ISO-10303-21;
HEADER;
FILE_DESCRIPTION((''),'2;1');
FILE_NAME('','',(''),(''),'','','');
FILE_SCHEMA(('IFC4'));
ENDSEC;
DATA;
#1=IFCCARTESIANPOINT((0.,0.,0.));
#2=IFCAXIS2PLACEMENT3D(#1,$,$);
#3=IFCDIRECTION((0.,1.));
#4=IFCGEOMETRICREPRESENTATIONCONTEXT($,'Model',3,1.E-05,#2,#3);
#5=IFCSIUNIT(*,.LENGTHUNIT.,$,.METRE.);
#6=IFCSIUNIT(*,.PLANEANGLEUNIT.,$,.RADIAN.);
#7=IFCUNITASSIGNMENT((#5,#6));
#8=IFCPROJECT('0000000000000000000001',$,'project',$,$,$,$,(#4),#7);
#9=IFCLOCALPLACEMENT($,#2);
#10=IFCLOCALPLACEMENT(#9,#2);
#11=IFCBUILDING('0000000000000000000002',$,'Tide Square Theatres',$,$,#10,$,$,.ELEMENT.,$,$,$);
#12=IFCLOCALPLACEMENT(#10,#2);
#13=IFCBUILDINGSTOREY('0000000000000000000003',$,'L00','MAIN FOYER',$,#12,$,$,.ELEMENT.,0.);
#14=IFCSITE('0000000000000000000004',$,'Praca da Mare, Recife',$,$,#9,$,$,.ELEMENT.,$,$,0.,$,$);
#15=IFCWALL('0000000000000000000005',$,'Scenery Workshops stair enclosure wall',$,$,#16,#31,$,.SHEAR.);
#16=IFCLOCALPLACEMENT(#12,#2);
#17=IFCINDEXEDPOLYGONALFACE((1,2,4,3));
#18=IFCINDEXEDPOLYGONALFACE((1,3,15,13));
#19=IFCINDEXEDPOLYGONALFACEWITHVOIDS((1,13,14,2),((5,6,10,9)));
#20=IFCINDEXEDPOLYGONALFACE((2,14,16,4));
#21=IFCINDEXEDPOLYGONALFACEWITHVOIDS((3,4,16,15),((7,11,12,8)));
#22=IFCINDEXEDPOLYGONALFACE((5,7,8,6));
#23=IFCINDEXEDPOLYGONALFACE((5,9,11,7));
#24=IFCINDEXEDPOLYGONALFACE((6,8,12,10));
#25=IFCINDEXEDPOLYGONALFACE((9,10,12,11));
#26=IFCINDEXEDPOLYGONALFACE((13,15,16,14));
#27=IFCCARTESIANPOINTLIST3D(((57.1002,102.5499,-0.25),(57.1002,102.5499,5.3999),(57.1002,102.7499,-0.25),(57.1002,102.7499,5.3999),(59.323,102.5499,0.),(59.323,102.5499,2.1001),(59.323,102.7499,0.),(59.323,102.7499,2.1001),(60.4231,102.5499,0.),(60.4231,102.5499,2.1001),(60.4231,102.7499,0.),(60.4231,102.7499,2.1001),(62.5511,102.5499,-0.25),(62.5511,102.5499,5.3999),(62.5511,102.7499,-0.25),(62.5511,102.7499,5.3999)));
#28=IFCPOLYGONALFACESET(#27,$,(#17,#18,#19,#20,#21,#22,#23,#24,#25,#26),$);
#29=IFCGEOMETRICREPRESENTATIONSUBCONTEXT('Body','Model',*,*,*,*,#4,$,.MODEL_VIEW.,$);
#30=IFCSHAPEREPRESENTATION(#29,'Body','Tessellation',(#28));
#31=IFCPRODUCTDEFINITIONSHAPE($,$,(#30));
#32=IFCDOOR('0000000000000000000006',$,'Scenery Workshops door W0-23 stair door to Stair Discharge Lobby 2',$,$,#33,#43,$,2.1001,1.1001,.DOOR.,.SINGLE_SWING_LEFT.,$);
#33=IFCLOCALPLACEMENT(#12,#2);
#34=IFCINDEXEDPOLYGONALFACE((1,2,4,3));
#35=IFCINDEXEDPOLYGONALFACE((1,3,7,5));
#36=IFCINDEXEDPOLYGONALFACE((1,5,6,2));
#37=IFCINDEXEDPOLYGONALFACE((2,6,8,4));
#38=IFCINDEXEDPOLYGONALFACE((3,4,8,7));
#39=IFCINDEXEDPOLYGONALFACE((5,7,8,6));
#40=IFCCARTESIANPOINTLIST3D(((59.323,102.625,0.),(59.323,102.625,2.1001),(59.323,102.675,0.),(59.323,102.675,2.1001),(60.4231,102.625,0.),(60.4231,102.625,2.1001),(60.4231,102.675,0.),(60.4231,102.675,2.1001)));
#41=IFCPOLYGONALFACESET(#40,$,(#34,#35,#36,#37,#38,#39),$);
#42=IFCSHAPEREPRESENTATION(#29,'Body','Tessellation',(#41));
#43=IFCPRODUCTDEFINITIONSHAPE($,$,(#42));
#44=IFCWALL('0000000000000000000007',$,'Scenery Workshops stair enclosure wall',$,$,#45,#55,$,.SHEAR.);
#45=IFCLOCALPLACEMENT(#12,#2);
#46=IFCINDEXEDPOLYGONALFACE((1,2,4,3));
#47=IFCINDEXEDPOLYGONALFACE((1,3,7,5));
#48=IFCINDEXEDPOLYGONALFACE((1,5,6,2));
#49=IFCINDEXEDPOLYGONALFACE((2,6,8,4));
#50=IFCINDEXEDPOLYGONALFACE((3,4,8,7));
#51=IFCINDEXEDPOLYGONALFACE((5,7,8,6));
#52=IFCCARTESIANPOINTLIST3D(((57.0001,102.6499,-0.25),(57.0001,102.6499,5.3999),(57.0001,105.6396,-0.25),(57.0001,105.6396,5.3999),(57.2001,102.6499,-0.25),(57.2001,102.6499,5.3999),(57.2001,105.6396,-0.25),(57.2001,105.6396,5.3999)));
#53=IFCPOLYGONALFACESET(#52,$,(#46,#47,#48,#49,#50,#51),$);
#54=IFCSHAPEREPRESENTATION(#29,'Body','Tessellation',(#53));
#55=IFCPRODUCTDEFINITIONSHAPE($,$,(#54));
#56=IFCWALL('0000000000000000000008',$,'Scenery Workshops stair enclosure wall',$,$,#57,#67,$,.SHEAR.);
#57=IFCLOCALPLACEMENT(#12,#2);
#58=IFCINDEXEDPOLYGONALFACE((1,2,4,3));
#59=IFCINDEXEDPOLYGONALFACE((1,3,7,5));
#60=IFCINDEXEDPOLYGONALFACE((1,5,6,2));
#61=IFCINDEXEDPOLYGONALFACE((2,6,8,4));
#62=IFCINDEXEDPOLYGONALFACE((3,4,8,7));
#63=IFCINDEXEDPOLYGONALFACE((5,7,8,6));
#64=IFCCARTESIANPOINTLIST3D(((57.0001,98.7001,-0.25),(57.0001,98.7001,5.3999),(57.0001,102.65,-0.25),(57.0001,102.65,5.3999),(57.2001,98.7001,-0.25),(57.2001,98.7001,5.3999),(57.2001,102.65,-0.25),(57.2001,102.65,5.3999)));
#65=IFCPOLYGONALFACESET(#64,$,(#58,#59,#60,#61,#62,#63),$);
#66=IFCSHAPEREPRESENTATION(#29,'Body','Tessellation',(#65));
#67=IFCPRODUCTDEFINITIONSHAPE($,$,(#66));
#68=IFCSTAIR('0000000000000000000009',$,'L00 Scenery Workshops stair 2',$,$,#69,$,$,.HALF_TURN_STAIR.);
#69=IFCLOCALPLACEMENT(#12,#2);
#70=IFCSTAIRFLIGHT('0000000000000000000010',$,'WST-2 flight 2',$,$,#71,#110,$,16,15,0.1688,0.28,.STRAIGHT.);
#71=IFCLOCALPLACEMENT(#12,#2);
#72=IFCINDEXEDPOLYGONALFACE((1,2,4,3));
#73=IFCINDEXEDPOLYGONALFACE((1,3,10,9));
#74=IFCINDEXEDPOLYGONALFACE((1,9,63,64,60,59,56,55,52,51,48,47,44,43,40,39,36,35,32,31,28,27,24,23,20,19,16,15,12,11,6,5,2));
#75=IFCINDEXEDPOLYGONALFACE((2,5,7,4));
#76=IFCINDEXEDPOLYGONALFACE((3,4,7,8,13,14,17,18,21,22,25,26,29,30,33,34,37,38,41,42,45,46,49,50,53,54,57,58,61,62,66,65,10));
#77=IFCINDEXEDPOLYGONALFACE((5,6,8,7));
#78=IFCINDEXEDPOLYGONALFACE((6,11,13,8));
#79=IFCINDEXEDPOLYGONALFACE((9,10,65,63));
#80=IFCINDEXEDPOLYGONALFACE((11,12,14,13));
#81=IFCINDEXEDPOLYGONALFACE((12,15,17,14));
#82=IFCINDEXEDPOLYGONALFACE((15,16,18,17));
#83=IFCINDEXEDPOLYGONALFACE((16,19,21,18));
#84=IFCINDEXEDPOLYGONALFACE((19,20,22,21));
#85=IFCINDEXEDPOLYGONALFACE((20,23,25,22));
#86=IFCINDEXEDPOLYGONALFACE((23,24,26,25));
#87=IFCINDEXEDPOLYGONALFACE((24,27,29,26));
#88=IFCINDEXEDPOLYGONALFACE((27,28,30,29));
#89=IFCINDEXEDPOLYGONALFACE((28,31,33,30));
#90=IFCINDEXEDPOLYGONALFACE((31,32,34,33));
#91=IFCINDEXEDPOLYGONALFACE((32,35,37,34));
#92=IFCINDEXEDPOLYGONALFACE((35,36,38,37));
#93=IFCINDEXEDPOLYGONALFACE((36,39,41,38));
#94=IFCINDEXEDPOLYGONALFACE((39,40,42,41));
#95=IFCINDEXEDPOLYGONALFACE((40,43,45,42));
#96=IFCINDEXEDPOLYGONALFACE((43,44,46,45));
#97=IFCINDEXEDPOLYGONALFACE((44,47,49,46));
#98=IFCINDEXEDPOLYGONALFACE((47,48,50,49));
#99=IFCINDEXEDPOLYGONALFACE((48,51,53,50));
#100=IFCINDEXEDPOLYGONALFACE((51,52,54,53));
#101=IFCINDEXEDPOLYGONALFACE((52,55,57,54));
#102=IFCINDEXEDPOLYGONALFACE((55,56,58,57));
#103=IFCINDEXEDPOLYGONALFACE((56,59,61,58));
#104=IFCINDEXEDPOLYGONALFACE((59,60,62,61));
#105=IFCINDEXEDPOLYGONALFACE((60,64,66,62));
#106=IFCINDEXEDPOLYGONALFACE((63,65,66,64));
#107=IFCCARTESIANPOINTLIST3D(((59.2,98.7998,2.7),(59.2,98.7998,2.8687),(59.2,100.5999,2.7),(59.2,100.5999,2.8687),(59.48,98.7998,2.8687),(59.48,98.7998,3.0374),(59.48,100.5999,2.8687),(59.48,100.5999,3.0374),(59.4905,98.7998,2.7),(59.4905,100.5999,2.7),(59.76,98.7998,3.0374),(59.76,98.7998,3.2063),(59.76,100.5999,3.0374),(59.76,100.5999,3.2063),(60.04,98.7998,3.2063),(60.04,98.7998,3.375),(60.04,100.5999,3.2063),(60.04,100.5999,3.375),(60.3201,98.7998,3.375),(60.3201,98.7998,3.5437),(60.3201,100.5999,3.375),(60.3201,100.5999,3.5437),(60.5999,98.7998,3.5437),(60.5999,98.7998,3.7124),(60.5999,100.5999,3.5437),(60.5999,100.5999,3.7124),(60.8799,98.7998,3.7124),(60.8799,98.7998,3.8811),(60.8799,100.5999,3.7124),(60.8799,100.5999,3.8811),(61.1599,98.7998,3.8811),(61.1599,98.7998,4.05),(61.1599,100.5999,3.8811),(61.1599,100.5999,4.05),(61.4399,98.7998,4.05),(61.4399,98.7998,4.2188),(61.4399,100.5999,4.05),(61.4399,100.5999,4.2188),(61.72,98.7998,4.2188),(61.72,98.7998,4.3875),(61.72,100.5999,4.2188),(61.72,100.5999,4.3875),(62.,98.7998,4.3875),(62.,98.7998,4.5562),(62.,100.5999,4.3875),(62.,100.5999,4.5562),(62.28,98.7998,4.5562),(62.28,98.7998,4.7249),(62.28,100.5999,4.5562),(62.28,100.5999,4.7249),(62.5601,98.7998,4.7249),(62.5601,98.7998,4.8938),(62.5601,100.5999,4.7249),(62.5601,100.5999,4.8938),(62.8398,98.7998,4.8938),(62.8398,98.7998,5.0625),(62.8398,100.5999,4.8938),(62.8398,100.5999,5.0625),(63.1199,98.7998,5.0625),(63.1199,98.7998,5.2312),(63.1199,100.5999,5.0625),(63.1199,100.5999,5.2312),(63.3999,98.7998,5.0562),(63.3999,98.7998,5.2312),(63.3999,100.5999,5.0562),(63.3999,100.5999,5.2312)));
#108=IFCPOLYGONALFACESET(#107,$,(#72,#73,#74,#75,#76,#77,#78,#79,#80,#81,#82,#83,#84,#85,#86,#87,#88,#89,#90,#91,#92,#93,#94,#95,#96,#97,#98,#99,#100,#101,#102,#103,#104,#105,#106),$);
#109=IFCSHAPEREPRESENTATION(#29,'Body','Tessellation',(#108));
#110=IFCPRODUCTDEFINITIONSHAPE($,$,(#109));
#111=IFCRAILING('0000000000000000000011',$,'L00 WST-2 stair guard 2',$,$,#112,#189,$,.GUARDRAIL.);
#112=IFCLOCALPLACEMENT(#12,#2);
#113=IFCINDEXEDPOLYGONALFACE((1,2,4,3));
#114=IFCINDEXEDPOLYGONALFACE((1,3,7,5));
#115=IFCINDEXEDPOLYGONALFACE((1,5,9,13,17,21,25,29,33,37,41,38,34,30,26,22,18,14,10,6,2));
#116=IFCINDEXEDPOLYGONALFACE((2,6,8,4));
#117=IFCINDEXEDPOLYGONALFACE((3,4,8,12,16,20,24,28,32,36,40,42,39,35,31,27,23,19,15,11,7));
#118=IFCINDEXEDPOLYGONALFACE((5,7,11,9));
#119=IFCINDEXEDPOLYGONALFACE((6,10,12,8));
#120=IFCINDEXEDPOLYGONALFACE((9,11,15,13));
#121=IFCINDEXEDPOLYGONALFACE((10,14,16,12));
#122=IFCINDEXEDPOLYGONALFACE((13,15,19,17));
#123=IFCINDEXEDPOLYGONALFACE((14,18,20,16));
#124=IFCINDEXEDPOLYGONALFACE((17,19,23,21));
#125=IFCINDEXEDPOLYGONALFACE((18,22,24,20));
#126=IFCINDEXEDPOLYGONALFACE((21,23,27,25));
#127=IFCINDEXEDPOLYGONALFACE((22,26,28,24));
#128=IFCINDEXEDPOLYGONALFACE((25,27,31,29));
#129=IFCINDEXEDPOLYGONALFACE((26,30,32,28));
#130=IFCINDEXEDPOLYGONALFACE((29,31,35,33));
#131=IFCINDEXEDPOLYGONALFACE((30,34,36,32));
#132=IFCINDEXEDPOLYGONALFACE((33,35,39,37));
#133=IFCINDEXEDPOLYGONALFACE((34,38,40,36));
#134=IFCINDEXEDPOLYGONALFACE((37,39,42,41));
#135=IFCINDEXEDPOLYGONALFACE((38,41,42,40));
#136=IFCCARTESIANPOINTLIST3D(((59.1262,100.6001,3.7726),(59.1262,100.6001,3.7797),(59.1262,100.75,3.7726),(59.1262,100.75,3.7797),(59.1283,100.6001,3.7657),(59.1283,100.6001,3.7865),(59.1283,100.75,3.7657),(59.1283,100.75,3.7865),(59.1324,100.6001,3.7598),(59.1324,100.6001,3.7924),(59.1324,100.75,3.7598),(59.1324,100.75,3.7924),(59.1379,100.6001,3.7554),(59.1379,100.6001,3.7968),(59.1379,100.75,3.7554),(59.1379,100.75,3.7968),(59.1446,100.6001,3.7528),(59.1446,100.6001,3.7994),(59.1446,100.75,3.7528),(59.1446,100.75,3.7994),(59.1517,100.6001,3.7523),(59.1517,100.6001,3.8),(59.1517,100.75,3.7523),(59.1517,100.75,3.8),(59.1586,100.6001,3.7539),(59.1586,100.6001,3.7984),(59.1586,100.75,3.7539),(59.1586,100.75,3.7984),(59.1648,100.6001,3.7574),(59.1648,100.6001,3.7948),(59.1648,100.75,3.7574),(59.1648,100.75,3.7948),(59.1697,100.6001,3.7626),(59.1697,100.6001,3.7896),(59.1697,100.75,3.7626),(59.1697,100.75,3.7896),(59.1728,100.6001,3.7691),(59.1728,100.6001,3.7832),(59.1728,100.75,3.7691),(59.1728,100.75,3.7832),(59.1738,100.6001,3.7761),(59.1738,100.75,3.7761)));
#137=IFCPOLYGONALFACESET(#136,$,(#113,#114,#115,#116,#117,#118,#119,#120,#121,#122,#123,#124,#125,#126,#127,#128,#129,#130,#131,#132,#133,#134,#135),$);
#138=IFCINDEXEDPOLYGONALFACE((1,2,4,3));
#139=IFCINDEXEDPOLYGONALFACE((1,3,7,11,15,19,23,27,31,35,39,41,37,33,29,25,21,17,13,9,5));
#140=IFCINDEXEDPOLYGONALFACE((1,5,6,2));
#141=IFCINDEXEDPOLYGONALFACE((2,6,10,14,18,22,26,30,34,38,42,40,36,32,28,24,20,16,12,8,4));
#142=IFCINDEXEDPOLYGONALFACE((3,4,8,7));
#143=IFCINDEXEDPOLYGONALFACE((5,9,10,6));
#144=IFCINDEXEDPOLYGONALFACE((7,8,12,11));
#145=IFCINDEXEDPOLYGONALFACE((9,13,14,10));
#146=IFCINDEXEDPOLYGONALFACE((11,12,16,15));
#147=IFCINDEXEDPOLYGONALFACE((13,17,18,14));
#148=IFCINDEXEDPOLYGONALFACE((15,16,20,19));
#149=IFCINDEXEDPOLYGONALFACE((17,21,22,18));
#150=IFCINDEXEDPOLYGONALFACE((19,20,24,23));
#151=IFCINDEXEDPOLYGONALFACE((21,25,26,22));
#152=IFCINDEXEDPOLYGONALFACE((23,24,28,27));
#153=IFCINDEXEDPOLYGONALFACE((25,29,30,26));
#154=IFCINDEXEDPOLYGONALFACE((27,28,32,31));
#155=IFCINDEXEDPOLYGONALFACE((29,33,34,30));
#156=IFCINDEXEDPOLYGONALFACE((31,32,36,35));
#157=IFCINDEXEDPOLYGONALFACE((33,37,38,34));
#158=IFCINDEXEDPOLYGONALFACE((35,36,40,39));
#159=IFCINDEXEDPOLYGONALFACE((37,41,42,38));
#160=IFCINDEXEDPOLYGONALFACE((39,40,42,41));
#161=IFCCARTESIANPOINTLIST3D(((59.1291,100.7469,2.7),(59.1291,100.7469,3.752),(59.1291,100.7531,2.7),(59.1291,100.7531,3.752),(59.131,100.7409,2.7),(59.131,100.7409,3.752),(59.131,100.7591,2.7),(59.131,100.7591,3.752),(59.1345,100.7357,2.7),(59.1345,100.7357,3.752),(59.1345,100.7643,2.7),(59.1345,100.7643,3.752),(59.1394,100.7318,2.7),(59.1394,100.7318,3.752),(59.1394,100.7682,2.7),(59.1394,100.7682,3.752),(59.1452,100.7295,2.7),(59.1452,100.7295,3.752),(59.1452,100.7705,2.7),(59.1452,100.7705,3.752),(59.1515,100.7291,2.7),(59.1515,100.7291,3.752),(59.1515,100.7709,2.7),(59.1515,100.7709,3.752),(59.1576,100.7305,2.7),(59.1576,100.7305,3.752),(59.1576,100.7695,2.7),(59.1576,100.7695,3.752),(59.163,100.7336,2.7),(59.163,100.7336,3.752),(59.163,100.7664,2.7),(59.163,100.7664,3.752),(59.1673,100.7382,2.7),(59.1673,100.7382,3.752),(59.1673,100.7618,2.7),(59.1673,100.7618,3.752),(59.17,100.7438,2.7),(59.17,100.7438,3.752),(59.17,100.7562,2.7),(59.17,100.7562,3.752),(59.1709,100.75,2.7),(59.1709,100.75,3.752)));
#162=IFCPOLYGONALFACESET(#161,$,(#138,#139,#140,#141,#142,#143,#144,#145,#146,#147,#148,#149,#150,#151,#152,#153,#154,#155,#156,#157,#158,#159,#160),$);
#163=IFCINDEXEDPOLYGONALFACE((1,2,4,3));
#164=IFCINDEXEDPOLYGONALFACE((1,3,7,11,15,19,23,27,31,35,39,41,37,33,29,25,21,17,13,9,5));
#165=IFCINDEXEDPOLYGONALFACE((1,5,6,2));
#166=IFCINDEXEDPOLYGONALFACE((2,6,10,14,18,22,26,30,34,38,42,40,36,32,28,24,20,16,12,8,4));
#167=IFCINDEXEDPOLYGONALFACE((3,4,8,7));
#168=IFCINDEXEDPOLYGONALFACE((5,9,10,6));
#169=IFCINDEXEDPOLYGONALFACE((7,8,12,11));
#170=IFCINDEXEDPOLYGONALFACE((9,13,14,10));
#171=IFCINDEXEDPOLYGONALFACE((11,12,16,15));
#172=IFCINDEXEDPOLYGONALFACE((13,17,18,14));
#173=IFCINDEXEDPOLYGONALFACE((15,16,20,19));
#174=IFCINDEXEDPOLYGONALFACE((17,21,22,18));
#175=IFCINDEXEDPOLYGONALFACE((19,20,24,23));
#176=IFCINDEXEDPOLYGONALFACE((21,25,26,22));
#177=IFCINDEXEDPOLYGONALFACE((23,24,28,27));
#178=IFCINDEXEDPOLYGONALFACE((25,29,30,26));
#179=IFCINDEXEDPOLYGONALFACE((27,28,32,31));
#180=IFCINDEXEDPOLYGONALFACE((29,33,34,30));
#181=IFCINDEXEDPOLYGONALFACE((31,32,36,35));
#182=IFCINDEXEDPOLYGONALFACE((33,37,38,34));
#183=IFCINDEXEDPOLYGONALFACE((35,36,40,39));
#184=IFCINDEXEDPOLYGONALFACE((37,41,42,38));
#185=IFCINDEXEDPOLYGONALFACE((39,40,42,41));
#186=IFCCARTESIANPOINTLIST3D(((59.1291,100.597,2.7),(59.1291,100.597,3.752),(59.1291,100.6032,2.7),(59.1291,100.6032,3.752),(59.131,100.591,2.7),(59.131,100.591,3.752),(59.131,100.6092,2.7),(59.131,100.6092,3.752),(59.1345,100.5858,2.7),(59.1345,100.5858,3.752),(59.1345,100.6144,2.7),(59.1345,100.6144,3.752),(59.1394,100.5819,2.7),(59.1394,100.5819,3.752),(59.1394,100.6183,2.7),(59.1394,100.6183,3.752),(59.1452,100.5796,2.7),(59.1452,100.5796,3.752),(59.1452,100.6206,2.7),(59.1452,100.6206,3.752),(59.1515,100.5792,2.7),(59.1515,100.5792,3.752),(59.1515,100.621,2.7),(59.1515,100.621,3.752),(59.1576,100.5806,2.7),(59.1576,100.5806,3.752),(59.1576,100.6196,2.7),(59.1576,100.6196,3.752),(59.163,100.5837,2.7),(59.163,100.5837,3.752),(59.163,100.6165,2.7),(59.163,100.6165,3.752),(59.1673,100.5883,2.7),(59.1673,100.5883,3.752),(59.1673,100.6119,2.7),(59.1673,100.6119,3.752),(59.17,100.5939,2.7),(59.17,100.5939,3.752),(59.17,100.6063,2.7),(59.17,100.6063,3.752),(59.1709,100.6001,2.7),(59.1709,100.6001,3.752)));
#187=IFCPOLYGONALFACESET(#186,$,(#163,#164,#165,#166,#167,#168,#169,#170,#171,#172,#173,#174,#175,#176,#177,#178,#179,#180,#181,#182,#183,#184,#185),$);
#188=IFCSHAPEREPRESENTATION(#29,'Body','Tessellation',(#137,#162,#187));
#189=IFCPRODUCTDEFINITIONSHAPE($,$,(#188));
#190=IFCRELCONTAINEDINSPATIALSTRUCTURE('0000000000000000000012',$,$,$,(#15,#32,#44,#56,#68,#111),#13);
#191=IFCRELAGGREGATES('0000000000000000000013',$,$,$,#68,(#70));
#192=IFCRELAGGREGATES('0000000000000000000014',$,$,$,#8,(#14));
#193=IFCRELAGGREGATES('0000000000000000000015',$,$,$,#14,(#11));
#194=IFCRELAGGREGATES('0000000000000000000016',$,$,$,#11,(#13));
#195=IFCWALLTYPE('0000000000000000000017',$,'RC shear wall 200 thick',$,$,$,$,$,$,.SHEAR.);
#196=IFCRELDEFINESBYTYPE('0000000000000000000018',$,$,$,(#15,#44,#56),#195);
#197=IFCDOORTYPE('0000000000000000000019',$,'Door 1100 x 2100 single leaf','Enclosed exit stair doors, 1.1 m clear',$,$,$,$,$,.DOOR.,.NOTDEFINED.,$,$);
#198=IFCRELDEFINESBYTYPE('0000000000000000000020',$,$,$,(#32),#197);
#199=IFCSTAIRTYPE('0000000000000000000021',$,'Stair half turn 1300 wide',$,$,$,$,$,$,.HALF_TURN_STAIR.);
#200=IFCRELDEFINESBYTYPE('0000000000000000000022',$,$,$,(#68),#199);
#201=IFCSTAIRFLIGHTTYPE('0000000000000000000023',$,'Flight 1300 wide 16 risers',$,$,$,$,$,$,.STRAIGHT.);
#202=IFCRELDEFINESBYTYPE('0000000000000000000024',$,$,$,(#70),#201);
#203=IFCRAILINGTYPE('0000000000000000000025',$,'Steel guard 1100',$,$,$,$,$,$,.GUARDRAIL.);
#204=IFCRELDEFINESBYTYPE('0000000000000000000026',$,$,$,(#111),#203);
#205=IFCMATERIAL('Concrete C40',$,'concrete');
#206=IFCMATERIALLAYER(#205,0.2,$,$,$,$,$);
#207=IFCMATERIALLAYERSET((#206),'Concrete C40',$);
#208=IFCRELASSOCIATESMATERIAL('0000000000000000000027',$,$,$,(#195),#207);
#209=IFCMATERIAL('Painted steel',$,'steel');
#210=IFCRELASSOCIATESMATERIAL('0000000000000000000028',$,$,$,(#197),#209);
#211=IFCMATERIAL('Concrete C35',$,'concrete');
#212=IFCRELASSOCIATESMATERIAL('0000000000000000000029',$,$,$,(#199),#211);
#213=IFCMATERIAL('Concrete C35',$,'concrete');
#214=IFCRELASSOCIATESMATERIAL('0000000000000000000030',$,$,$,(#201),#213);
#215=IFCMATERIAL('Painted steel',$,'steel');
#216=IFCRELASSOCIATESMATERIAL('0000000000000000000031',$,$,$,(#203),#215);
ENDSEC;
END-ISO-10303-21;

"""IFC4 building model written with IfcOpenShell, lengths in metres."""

from ifc_helpers import new_model, si_unit, direction, frame, frame_2d, origin, origin_2d, place, context, subcontext, project, spatial, polyline, rectangle, circle, outline, extrude, material, layer, layer_set, type_object, element, fill, aggregate, save


model = new_model("IFC4")

# Units and contexts
model_context = context("Model", 3, precision=1e-05, world=origin(), true_north=direction((0.0, 1.0)))
body_context = subcontext(model_context, "Body", "Model", "MODEL_VIEW")
ifc_project = project(units=[si_unit("LENGTHUNIT", "METRE"), si_unit("PLANEANGLEUNIT", "RADIAN")], contexts=[model_context])

# Site, building, storey
site_placement = place(None, origin())
site = spatial("IfcSite", under=ifc_project, at=site_placement, Name="Praca da Mare, Recife", CompositionType="ELEMENT", RefElevation=0.0)
building_placement = place(site_placement, origin())
building = spatial("IfcBuilding", under=site, at=building_placement, Name="Tide Square Theatres", CompositionType="ELEMENT")
storey_placement = place(building_placement, origin())
storey = spatial("IfcBuildingStorey", under=building, at=storey_placement, Name="L00", Description="MAIN FOYER", CompositionType="ELEMENT", Elevation=0.0)

# Wall, opening, door
ifc_material_1 = material(Name="Concrete C40", Category="concrete")
ifc_layer_1 = layer(ifc_material_1, 0.2)
ifc_layer_set_1 = layer_set([ifc_layer_1], Name="Concrete C40")
wall_type_1 = type_object("IfcWallType", Name="RC shear wall 200 thick", PredefinedType="SHEAR", material=ifc_layer_set_1)
wall_1_placement = place(storey_placement, frame((57.1001, 102.6499, -0.25), z_axis=(0.0, 0.0, 1.0), x_axis=(1.0, 0.0, 0.0)))
wall_1 = element("IfcWall", 1, at=wall_1_placement, inside=storey, type_object=wall_type_1, Name="Scenery Workshops stair enclosure wall", PredefinedType="SHEAR", context=body_context, shape_type="SweptSolid", body=[
    extrude(rectangle(XDim=5.4509, YDim=0.2, at=frame_2d((2.7256, 0.0))), origin(), (0.0, 0.0, 1.0), 5.6499),
])
opening_1_placement = place(wall_1_placement, frame((2.2229, 0.0, 0.25)))
opening_1 = element("IfcOpeningElement", 2, at=opening_1_placement, cuts=wall_1, PredefinedType="OPENING", context=body_context, shape_type="SweptSolid", body=[
    extrude(rectangle(XDim=1.1001, YDim=2.1001, at=frame_2d((0.55, 1.05))), frame((0.0, 0.1099, 0.0), z_axis=(0.0, -1.0, 0.0), x_axis=(1.0, 0.0, 0.0)), (0.0, 0.0, 1.0), 0.22),
])
ifc_material_2 = material(Name="Painted steel", Category="steel")
door_type_1 = type_object("IfcDoorType", Name="Door 1100 x 2100 single leaf", Description="Enclosed exit stair doors, 1.1 m clear", OperationType="NOTDEFINED", PredefinedType="DOOR", material=ifc_material_2)
door_1_placement = place(opening_1_placement, frame((1.1001, 0.0, 0.0), z_axis=(0.0, 0.0, 1.0), x_axis=(-1.0, 0.0, 0.0)))
door_1 = element("IfcDoor", 3, at=door_1_placement, inside=storey, type_object=door_type_1, Name="Scenery Workshops door W0-23 stair door to Stair Discharge Lobby 2", OperationType="SINGLE_SWING_LEFT", OverallHeight=2.1001, OverallWidth=1.1001, PredefinedType="DOOR", context=body_context, shape_type="SweptSolid", body=[
    extrude(rectangle(XDim=1.1001, YDim=2.1001, at=frame_2d((0.55, 1.05))), frame((0.0, 0.0249, 0.0), z_axis=(0.0, -1.0, 0.0), x_axis=(1.0, 0.0, 0.0)), (0.0, 0.0, 1.0), 0.05),
])
fill(opening_1, door_1)

# Walls
wall_2_placement = place(storey_placement, frame((57.1001, 102.6499, -0.25), z_axis=(0.0, 0.0, 1.0), x_axis=(0.0, 1.0, 0.0)))
element("IfcWall", 4, at=wall_2_placement, inside=storey, type_object=wall_type_1, Name="Scenery Workshops stair enclosure wall", PredefinedType="SHEAR", context=body_context, shape_type="SweptSolid", body=[
    extrude(rectangle(XDim=2.9897, YDim=0.2, at=frame_2d((1.4949, 0.0))), origin(), (0.0, 0.0, 1.0), 5.6499),
])
wall_3_placement = place(storey_placement, frame((57.1001, 98.7, -0.25), z_axis=(0.0, 0.0, 1.0), x_axis=(0.0, 1.0, 0.0)))
element("IfcWall", 5, at=wall_3_placement, inside=storey, type_object=wall_type_1, Name="Scenery Workshops stair enclosure wall", PredefinedType="SHEAR", context=body_context, shape_type="SweptSolid", body=[
    extrude(rectangle(XDim=3.95, YDim=0.2, at=frame_2d((1.9751, 0.0))), origin(), (0.0, 0.0, 1.0), 5.6499),
])

# Stair, stair flight
ifc_material_3 = material(Name="Concrete C35", Category="concrete")
stair_type = type_object("IfcStairType", Name="Stair half turn 1300 wide", PredefinedType="HALF_TURN_STAIR", material=ifc_material_3)
stair_placement = place(storey_placement, origin())
stair = element("IfcStair", 6, at=stair_placement, inside=storey, type_object=stair_type, Name="L00 Scenery Workshops stair 2", PredefinedType="HALF_TURN_STAIR")
ifc_material_4 = material(Name="Concrete C35", Category="concrete")
stair_flight_type = type_object("IfcStairFlightType", Name="Flight 1300 wide 16 risers", PredefinedType="STRAIGHT", material=ifc_material_4)
stair_flight_placement = place(storey_placement, frame((59.2, 99.7, 2.7), z_axis=(0.0, 0.0, 1.0), x_axis=(1.0, 0.0, 0.0)))
stair_flight = element("IfcStairFlight", 7, at=stair_flight_placement, type_object=stair_flight_type, Name="WST-2 flight 2", NumberOfRisers=16, NumberOfTreads=15, PredefinedType="STRAIGHT", RiserHeight=0.1688, TreadLength=0.28, context=body_context, shape_type="SweptSolid", body=[
    extrude(outline(polyline([(0.0, 0.0), (0.0, 0.1687), (0.28, 0.1687), (0.28, 0.3374), (0.5601, 0.3374), (0.5601, 0.5063), (0.8401, 0.5063), (0.8401, 0.675), (1.1201, 0.675), (1.1201, 0.8438), (1.3999, 0.8438), (1.3999, 1.0125), (1.6799, 1.0125), (1.6799, 1.1812), (1.96, 1.1812), (1.96, 1.3501), (2.24, 1.3501), (2.24, 1.5188), (2.52, 1.5188), (2.52, 1.6875), (2.8, 1.6875), (2.8, 1.8562), (3.0801, 1.8562), (3.0801, 2.0249), (3.3601, 2.0249), (3.3601, 2.1938), (3.6399, 2.1938), (3.6399, 2.3625), (3.9199, 2.3625), (3.9199, 2.5312), (4.2, 2.5312), (4.2, 2.7), (4.2, 2.3562), (0.2905, 0.0), (0.0, 0.0)])), frame((0.0, 0.8999, 0.0), z_axis=(0.0, -1.0, 0.0), x_axis=(1.0, 0.0, 0.0)), (0.0, 0.0, 1.0), 1.8),
])
aggregate(stair, [stair_flight])

# Railing
ifc_material_5 = material(Name="Painted steel", Category="steel")
railing_type_1 = type_object("IfcRailingType", Name="Steel guard 1100", PredefinedType="GUARDRAIL", material=ifc_material_5)
railing_1_placement = place(storey_placement, frame((59.1499, 100.75, 2.7)))
element("IfcRailing", 8, at=railing_1_placement, inside=storey, type_object=railing_type_1, Name="L00 WST-2 stair guard 2", PredefinedType="GUARDRAIL", context=body_context, shape_type="SweptSolid", body=[
    extrude(circle(Radius=0.0239, at=origin_2d()), frame((0.0, 0.0, 1.0762), z_axis=(0.0, -1.0, 0.0), x_axis=(1.0, 0.0, 0.0)), (0.0, 0.0, 1.0), 0.1499),
    extrude(circle(Radius=0.021, at=origin_2d()), origin(), (0.0, 0.0, 1.0), 1.052),
    extrude(circle(Radius=0.021, at=origin_2d()), frame((0.0, -0.1499, 0.0)), (0.0, 0.0, 1.0), 1.052),
])

save(model, "model.ifc")
